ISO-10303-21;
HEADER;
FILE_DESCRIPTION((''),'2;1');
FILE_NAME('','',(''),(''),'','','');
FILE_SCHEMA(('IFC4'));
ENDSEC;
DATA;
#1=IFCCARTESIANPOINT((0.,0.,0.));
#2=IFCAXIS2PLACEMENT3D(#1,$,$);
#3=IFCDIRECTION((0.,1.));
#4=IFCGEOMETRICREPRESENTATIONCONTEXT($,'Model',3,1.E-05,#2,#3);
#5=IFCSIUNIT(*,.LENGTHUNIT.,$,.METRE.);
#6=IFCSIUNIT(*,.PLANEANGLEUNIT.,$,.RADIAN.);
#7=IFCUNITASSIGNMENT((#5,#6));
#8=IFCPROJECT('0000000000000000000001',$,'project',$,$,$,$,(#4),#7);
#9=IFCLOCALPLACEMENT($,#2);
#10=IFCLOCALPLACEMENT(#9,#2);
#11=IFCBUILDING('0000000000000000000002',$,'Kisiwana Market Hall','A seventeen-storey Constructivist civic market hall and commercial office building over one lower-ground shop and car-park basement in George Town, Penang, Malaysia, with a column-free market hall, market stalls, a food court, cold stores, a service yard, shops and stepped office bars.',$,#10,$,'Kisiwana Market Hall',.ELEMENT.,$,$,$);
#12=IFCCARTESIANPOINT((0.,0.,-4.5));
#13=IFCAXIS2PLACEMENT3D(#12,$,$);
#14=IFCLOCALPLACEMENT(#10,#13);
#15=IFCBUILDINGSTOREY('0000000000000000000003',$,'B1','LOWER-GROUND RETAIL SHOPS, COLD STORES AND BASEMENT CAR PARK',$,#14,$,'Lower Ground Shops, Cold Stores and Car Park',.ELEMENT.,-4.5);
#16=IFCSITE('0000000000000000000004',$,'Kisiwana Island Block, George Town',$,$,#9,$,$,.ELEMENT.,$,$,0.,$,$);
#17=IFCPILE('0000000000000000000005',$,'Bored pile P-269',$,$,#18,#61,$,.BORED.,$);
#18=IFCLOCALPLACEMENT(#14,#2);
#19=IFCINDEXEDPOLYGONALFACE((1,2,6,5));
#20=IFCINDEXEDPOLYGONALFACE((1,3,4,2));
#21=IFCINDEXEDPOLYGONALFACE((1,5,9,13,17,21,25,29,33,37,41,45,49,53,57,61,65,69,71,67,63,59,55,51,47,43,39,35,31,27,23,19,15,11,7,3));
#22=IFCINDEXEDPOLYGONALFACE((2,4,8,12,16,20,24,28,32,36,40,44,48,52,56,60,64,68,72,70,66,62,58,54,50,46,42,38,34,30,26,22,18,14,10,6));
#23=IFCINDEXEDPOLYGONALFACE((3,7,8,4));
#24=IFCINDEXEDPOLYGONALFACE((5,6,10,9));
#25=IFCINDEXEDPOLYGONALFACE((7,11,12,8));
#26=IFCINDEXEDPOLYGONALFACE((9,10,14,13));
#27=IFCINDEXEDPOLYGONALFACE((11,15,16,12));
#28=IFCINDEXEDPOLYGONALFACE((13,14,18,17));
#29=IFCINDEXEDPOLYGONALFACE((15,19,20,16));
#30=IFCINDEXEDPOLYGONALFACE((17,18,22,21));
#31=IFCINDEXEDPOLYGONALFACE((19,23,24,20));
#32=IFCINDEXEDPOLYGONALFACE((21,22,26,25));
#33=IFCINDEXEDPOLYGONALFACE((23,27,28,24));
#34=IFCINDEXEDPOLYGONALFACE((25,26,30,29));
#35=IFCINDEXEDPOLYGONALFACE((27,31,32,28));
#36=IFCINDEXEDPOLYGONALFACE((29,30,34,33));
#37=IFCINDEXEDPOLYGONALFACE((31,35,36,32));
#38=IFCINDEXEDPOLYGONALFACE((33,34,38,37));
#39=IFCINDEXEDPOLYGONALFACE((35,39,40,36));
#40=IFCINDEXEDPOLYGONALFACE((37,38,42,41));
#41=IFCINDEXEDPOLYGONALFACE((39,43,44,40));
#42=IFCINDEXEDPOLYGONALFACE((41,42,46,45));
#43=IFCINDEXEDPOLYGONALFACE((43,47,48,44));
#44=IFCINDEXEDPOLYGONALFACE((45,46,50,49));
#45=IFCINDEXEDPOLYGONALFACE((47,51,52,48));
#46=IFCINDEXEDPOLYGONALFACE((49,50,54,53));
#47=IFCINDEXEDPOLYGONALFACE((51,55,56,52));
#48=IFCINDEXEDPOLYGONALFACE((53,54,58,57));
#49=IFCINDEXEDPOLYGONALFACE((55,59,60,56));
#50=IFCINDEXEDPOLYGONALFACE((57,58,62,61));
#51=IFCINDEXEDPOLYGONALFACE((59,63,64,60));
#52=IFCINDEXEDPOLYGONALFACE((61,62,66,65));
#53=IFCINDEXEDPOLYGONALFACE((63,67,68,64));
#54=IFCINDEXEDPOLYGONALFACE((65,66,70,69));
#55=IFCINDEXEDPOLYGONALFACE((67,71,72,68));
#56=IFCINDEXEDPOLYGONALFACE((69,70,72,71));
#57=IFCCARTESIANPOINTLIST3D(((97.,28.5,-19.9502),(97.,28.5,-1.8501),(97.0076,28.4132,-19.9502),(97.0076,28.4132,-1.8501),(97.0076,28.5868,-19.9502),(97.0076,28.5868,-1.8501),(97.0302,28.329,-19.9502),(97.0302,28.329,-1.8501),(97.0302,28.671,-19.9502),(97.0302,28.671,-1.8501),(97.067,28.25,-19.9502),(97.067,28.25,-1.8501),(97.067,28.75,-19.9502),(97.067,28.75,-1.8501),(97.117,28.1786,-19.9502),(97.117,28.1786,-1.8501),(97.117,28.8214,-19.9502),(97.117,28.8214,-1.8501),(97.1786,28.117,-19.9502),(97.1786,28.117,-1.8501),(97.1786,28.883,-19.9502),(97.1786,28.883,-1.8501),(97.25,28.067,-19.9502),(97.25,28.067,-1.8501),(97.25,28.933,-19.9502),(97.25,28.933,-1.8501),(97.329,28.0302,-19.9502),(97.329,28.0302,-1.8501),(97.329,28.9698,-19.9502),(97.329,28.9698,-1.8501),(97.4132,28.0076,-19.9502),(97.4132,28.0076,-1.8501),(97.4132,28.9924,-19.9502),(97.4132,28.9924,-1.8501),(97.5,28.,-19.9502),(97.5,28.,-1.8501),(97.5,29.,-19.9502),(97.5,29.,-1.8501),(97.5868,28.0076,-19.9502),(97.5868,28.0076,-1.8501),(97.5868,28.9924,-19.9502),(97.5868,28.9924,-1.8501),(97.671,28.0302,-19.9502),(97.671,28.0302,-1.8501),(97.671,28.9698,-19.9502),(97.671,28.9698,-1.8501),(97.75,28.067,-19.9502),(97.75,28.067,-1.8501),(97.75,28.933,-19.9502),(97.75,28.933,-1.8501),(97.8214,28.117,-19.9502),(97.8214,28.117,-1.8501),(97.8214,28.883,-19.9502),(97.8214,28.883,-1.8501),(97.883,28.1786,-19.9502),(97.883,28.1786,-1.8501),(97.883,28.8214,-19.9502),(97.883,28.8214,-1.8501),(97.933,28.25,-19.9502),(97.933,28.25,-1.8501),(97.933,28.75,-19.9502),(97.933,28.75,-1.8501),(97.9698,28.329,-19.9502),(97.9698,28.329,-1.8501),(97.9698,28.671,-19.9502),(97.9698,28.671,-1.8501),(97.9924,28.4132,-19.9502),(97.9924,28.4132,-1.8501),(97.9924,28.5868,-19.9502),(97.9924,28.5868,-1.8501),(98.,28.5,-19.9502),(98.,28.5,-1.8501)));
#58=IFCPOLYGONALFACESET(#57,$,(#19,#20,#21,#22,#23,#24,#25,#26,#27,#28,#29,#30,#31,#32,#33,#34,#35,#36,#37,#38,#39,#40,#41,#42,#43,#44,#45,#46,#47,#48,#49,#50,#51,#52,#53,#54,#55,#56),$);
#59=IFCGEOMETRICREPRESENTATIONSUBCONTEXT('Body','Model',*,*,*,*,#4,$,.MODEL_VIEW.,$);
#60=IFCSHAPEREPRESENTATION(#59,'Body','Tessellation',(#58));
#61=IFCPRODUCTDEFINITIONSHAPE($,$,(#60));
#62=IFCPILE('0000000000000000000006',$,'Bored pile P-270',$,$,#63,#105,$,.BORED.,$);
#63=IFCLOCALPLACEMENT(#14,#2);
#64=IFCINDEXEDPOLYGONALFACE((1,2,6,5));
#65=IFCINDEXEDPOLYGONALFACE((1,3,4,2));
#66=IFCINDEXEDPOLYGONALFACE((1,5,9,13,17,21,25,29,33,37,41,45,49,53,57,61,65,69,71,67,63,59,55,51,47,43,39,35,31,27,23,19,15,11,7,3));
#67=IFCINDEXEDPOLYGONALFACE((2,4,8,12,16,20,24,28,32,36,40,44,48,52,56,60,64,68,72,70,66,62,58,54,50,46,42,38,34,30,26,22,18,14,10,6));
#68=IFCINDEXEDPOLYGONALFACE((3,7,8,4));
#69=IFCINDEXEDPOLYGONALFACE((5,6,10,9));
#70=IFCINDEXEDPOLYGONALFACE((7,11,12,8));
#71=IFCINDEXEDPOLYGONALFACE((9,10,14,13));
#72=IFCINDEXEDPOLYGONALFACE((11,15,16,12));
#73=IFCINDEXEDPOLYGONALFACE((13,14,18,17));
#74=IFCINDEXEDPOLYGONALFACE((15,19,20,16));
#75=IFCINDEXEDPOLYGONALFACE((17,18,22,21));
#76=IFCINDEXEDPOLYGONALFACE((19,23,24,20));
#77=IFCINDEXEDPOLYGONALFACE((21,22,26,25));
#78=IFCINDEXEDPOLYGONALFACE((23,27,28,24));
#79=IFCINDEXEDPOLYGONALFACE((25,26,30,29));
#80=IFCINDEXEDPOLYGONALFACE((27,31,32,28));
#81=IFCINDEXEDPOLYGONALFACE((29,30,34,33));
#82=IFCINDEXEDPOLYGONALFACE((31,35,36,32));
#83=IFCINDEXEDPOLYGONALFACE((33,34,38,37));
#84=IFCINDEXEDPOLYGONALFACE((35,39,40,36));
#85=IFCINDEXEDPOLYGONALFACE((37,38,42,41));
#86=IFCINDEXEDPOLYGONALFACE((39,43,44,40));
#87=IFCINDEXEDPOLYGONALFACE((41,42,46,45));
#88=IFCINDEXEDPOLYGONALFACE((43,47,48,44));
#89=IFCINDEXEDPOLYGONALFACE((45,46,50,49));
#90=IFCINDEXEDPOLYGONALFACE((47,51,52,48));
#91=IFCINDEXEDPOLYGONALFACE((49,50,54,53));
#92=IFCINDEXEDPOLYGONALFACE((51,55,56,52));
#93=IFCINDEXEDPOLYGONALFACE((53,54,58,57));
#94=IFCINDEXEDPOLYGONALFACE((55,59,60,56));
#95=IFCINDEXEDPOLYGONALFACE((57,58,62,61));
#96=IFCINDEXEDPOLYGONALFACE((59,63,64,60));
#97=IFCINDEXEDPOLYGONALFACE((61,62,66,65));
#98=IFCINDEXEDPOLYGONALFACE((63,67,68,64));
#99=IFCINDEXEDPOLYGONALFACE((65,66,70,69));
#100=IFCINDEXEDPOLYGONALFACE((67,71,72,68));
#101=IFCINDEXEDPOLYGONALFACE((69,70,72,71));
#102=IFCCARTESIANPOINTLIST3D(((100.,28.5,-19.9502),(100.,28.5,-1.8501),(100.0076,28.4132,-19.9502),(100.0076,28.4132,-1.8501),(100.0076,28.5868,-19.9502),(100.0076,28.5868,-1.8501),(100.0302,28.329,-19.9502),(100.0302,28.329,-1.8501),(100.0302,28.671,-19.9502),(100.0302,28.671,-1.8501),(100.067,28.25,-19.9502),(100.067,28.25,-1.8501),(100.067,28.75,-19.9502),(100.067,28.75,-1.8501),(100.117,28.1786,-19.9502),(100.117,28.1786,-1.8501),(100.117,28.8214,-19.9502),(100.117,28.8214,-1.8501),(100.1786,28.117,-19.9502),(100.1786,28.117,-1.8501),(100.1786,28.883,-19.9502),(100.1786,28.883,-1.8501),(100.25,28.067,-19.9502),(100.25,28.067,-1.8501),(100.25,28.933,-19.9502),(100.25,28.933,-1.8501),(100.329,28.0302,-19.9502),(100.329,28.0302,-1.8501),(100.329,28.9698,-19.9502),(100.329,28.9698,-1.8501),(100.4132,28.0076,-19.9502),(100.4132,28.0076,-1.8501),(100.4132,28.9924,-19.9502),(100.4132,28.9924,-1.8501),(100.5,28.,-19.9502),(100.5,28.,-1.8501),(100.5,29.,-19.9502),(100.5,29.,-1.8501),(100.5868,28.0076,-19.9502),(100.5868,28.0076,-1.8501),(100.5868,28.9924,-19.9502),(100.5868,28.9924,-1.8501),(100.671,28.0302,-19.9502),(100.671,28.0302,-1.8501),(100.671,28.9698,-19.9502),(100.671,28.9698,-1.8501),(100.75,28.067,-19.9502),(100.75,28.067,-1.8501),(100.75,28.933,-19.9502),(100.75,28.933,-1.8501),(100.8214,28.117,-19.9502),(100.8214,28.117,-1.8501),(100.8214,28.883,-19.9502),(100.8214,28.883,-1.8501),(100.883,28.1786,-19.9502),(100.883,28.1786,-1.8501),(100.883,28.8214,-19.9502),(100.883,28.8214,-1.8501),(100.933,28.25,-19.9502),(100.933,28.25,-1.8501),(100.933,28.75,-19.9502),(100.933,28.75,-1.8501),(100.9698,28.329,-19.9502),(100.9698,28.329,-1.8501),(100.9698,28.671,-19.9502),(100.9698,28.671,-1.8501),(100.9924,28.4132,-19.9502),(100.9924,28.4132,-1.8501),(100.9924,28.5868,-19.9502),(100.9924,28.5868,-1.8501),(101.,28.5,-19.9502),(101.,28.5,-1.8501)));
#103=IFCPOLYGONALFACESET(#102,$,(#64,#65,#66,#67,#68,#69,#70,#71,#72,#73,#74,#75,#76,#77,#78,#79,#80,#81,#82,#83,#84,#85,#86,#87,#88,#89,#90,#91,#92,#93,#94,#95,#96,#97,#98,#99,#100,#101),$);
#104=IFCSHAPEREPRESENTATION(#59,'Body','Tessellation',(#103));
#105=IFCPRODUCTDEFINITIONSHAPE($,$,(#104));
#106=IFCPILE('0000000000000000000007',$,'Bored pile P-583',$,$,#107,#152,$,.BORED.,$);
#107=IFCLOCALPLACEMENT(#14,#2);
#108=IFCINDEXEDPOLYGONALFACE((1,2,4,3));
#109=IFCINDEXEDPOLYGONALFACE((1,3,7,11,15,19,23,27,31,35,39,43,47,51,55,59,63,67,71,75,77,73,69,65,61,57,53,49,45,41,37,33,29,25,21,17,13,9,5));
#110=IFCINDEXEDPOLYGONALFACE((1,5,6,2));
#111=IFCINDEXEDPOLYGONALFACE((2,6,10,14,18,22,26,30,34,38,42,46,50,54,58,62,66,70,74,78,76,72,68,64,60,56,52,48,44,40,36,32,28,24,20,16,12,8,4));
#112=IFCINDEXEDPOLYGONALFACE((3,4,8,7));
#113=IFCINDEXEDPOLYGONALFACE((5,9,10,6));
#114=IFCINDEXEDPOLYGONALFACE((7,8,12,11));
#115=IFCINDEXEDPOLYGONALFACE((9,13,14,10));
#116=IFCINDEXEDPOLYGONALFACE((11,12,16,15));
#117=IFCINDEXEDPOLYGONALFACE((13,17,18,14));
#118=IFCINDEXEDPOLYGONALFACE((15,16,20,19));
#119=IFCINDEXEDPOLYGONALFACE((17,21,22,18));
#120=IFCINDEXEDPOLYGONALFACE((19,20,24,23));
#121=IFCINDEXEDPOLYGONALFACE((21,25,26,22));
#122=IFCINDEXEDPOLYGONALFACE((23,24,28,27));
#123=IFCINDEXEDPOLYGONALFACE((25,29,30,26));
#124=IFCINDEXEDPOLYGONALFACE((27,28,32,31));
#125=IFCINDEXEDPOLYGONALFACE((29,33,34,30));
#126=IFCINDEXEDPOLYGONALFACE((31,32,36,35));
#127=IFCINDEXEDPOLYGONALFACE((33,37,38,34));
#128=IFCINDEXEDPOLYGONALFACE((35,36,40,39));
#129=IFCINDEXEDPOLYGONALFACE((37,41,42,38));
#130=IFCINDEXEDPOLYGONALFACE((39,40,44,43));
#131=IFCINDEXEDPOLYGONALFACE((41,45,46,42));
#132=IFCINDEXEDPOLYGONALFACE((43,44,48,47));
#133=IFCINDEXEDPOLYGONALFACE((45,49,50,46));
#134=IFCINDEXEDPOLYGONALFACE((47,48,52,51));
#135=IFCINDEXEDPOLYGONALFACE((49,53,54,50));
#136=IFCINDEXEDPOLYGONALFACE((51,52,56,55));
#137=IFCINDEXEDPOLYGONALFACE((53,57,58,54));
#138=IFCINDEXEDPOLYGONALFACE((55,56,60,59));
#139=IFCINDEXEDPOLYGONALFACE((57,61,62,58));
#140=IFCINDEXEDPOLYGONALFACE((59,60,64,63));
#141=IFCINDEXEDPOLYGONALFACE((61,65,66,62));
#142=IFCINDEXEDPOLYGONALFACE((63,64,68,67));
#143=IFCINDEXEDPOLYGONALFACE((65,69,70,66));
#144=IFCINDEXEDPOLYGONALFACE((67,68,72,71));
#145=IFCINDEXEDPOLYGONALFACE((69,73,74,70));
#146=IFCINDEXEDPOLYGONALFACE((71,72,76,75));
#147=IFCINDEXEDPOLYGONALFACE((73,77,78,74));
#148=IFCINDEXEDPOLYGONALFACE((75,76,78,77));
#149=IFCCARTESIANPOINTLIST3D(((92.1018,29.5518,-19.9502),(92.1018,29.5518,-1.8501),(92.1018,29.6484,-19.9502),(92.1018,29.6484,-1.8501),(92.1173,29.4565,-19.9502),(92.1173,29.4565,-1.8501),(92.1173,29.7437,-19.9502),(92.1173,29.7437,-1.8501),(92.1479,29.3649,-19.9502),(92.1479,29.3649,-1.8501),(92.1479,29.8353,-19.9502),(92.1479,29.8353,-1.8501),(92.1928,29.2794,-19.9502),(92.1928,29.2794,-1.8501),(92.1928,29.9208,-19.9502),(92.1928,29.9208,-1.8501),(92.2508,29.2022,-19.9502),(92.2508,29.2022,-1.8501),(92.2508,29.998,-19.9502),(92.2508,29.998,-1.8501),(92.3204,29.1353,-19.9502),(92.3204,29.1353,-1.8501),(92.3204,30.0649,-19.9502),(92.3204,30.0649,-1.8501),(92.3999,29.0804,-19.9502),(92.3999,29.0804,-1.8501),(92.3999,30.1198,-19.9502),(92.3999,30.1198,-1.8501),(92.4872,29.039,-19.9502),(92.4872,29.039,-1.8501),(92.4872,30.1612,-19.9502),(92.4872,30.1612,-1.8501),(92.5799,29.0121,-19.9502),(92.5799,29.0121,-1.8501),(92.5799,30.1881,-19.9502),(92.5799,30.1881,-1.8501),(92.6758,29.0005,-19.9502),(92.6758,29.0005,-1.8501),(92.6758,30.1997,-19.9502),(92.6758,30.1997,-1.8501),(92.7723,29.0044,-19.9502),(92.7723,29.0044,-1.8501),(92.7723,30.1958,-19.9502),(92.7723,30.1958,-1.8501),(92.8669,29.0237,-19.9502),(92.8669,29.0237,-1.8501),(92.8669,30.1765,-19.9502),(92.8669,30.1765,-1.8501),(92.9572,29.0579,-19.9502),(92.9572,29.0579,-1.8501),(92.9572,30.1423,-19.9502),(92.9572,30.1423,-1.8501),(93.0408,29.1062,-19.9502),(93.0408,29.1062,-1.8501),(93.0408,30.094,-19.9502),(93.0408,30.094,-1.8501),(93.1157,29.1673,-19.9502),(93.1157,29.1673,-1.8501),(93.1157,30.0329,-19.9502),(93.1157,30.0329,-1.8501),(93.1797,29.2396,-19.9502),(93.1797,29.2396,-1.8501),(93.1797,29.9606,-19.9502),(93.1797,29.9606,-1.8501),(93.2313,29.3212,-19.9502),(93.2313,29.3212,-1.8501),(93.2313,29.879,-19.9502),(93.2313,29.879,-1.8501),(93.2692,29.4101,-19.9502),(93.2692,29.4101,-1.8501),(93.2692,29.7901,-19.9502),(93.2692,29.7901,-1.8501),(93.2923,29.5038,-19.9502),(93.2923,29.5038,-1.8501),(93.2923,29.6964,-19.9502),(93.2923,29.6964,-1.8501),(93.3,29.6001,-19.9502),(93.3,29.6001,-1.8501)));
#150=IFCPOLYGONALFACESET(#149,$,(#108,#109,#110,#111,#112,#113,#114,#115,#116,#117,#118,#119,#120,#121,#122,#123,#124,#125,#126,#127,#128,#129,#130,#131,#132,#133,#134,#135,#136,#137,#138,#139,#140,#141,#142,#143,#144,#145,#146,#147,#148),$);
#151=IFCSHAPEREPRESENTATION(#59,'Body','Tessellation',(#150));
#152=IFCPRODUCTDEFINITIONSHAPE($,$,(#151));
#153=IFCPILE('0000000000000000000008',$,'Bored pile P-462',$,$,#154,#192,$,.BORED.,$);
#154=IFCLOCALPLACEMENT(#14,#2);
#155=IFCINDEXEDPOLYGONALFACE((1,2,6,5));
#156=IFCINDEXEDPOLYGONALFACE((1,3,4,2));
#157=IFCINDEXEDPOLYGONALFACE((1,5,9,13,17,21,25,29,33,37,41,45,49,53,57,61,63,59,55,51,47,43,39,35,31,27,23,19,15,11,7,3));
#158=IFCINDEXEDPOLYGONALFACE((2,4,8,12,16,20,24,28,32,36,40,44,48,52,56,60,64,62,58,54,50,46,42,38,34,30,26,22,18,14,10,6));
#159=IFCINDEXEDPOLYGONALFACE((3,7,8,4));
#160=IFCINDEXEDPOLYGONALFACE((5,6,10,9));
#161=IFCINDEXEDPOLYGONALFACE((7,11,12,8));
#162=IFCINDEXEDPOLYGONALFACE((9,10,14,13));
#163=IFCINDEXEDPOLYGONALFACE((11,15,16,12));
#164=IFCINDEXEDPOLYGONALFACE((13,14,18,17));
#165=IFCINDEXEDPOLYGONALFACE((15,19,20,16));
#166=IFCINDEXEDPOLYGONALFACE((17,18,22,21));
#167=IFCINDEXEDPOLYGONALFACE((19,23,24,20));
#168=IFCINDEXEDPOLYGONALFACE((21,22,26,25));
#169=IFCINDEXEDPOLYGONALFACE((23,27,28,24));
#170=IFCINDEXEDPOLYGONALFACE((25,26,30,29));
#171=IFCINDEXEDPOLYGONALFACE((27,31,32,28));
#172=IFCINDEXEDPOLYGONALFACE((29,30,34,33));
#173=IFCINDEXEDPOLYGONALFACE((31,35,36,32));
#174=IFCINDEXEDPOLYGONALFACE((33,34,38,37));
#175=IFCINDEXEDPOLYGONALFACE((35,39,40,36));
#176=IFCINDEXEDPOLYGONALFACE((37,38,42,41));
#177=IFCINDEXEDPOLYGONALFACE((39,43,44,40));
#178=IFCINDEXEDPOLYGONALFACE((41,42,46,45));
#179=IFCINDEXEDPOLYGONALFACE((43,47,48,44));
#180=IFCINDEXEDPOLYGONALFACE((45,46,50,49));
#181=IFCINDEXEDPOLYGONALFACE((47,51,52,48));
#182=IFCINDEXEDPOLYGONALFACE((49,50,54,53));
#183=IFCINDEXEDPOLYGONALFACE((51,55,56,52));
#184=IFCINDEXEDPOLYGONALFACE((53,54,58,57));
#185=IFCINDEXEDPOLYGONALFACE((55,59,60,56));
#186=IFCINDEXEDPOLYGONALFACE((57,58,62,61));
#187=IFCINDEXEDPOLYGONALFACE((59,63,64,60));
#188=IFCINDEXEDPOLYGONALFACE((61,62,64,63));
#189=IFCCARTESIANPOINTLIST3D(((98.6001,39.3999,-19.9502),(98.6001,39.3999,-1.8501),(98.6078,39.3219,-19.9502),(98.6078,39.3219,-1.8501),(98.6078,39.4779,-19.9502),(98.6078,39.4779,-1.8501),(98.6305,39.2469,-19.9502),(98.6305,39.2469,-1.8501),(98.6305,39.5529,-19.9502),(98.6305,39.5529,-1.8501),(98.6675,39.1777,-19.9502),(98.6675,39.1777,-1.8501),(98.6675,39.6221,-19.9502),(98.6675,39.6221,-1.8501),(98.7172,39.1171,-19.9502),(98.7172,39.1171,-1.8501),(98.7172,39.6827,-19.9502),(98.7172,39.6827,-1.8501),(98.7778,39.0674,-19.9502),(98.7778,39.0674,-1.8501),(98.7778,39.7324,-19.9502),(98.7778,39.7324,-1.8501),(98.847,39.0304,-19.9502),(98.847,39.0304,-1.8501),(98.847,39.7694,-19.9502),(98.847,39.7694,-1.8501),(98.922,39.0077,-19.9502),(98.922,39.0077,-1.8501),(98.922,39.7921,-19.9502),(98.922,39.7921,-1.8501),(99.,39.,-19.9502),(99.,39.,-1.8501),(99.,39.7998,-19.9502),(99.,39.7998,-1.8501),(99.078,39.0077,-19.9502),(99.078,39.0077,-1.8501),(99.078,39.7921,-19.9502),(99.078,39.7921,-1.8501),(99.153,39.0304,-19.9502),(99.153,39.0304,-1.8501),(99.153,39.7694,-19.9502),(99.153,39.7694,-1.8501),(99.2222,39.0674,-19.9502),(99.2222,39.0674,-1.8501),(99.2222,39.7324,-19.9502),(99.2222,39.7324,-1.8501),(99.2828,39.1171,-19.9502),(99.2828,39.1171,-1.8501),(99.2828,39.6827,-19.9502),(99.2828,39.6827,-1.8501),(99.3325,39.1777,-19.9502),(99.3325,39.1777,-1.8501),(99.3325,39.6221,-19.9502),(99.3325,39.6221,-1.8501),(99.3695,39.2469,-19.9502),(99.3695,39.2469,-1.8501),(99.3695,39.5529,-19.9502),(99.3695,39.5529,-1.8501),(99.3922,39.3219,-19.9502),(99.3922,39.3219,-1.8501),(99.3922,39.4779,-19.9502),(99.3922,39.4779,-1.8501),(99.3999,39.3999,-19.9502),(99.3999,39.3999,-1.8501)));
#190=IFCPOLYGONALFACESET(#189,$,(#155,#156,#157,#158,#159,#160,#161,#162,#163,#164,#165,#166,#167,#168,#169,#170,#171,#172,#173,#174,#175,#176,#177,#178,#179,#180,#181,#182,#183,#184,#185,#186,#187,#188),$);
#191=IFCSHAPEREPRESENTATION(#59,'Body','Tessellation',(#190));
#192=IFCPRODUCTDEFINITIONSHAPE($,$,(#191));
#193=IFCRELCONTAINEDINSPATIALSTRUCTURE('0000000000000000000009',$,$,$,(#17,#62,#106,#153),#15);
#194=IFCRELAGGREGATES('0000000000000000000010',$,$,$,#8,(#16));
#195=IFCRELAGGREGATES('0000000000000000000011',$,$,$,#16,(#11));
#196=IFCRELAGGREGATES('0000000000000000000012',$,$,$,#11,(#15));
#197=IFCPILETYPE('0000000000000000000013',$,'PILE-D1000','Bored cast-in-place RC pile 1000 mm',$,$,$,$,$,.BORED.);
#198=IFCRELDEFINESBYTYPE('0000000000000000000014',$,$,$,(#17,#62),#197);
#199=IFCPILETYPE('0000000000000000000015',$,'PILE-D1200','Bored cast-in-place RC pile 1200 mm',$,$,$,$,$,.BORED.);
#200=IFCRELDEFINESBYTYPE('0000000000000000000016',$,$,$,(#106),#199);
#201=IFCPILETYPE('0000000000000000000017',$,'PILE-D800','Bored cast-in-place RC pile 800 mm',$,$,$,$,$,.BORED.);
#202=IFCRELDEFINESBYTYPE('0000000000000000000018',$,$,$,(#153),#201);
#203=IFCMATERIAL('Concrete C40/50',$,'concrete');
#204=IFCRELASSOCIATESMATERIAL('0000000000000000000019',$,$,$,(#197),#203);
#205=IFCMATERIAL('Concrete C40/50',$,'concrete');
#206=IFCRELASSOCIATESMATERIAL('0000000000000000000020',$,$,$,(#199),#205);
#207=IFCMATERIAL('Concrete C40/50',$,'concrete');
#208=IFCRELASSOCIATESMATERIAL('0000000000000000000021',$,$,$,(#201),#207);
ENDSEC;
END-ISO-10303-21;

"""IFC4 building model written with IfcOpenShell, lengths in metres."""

from ifc_helpers import new_model, si_unit, direction, frame, origin, origin_2d, place, context, subcontext, project, spatial, circle, extrude, material, material_profile, profile_set, type_object, element, save


model = new_model("IFC4")

# Units and contexts
model_context = context("Model", 3, precision=1e-05, world=origin(), true_north=direction((0.0, 1.0)))
body_context = subcontext(model_context, "Body", "Model", "MODEL_VIEW")
ifc_project = project(units=[si_unit("LENGTHUNIT", "METRE"), si_unit("PLANEANGLEUNIT", "RADIAN")], contexts=[model_context])

# Site, building, storey
site_placement = place(None, origin())
site = spatial("IfcSite", under=ifc_project, at=site_placement, Name="Kisiwana Island Block, George Town", CompositionType="ELEMENT", RefElevation=0.0)
building_placement = place(site_placement, origin())
building = spatial("IfcBuilding", under=site, at=building_placement, Name="Kisiwana Market Hall", Description="A seventeen-storey Constructivist civic market hall and commercial office building over one lower-ground shop and car-park basement in George Town, Penang, Malaysia, with a column-free market hall, market stalls, a food court, cold stores, a service yard, shops and stepped office bars.", LongName="Kisiwana Market Hall", CompositionType="ELEMENT")
storey_placement = place(building_placement, frame((0.0, 0.0, -4.5)))
storey = spatial("IfcBuildingStorey", under=building, at=storey_placement, Name="B1", Description="LOWER-GROUND RETAIL SHOPS, COLD STORES AND BASEMENT CAR PARK", LongName="Lower Ground Shops, Cold Stores and Car Park", CompositionType="ELEMENT", Elevation=-4.5)

# Piles
ifc_material_1 = material(Name="Concrete C40/50", Category="concrete")
ifc_material_profile_1 = material_profile(ifc_material_1, circle(Radius=0.5, at=origin_2d()), Name="BP D1000")
ifc_profile_set_1 = profile_set([ifc_material_profile_1], Name="Concrete C40/50")
pile_type_1 = type_object("IfcPileType", Name="PILE-D1000", Description="Bored cast-in-place RC pile 1000 mm", PredefinedType="BORED", material=ifc_profile_set_1)
for number, where, z_axis, x_axis, name in (
    (1, (97.5, 28.5, -1.8501), (0.0, 0.0, -1.0), (1.0, 0.0, 0.0), "Bored pile P-269"),
    (2, (100.5, 28.5, -1.8501), (0.0, 0.0, -1.0), (1.0, 0.0, 0.0), "Bored pile P-270"),
):
    element("IfcPile", number, at=place(storey_placement, frame(where, z_axis=z_axis, x_axis=x_axis)), inside=storey, type_object=pile_type_1, Name=name, PredefinedType="BORED", context=body_context, shape_type="SweptSolid", body=[
        extrude(circle(Radius=0.5, at=origin_2d()), origin(), (0.0, 0.0, 1.0), 18.1001),
    ])
ifc_material_2 = material(Name="Concrete C40/50", Category="concrete")
ifc_material_profile_2 = material_profile(ifc_material_2, circle(Radius=0.6001, at=origin_2d()), Name="BP D1200")
ifc_profile_set_2 = profile_set([ifc_material_profile_2], Name="Concrete C40/50")
pile_type_2 = type_object("IfcPileType", Name="PILE-D1200", Description="Bored cast-in-place RC pile 1200 mm", PredefinedType="BORED", material=ifc_profile_set_2)
pile_1_placement = place(storey_placement, frame((92.7, 29.6001, -1.8501), z_axis=(0.0, 0.0, -1.0), x_axis=(1.0, 0.0, 0.0)))
element("IfcPile", 3, at=pile_1_placement, inside=storey, type_object=pile_type_2, Name="Bored pile P-583", PredefinedType="BORED", context=body_context, shape_type="SweptSolid", body=[
    extrude(circle(Radius=0.6001, at=origin_2d()), origin(), (0.0, 0.0, 1.0), 18.1001),
])
ifc_material_3 = material(Name="Concrete C40/50", Category="concrete")
ifc_material_profile_3 = material_profile(ifc_material_3, circle(Radius=0.3999, at=origin_2d()), Name="BP D800")
ifc_profile_set_3 = profile_set([ifc_material_profile_3], Name="Concrete C40/50")
pile_type_3 = type_object("IfcPileType", Name="PILE-D800", Description="Bored cast-in-place RC pile 800 mm", PredefinedType="BORED", material=ifc_profile_set_3)
pile_2_placement = place(storey_placement, frame((99.0, 39.3999, -1.8501), z_axis=(0.0, 0.0, -1.0), x_axis=(1.0, 0.0, 0.0)))
element("IfcPile", 4, at=pile_2_placement, inside=storey, type_object=pile_type_3, Name="Bored pile P-462", PredefinedType="BORED", context=body_context, shape_type="SweptSolid", body=[
    extrude(circle(Radius=0.3999, at=origin_2d()), origin(), (0.0, 0.0, 1.0), 18.1001),
])

save(model, "model.ifc")
